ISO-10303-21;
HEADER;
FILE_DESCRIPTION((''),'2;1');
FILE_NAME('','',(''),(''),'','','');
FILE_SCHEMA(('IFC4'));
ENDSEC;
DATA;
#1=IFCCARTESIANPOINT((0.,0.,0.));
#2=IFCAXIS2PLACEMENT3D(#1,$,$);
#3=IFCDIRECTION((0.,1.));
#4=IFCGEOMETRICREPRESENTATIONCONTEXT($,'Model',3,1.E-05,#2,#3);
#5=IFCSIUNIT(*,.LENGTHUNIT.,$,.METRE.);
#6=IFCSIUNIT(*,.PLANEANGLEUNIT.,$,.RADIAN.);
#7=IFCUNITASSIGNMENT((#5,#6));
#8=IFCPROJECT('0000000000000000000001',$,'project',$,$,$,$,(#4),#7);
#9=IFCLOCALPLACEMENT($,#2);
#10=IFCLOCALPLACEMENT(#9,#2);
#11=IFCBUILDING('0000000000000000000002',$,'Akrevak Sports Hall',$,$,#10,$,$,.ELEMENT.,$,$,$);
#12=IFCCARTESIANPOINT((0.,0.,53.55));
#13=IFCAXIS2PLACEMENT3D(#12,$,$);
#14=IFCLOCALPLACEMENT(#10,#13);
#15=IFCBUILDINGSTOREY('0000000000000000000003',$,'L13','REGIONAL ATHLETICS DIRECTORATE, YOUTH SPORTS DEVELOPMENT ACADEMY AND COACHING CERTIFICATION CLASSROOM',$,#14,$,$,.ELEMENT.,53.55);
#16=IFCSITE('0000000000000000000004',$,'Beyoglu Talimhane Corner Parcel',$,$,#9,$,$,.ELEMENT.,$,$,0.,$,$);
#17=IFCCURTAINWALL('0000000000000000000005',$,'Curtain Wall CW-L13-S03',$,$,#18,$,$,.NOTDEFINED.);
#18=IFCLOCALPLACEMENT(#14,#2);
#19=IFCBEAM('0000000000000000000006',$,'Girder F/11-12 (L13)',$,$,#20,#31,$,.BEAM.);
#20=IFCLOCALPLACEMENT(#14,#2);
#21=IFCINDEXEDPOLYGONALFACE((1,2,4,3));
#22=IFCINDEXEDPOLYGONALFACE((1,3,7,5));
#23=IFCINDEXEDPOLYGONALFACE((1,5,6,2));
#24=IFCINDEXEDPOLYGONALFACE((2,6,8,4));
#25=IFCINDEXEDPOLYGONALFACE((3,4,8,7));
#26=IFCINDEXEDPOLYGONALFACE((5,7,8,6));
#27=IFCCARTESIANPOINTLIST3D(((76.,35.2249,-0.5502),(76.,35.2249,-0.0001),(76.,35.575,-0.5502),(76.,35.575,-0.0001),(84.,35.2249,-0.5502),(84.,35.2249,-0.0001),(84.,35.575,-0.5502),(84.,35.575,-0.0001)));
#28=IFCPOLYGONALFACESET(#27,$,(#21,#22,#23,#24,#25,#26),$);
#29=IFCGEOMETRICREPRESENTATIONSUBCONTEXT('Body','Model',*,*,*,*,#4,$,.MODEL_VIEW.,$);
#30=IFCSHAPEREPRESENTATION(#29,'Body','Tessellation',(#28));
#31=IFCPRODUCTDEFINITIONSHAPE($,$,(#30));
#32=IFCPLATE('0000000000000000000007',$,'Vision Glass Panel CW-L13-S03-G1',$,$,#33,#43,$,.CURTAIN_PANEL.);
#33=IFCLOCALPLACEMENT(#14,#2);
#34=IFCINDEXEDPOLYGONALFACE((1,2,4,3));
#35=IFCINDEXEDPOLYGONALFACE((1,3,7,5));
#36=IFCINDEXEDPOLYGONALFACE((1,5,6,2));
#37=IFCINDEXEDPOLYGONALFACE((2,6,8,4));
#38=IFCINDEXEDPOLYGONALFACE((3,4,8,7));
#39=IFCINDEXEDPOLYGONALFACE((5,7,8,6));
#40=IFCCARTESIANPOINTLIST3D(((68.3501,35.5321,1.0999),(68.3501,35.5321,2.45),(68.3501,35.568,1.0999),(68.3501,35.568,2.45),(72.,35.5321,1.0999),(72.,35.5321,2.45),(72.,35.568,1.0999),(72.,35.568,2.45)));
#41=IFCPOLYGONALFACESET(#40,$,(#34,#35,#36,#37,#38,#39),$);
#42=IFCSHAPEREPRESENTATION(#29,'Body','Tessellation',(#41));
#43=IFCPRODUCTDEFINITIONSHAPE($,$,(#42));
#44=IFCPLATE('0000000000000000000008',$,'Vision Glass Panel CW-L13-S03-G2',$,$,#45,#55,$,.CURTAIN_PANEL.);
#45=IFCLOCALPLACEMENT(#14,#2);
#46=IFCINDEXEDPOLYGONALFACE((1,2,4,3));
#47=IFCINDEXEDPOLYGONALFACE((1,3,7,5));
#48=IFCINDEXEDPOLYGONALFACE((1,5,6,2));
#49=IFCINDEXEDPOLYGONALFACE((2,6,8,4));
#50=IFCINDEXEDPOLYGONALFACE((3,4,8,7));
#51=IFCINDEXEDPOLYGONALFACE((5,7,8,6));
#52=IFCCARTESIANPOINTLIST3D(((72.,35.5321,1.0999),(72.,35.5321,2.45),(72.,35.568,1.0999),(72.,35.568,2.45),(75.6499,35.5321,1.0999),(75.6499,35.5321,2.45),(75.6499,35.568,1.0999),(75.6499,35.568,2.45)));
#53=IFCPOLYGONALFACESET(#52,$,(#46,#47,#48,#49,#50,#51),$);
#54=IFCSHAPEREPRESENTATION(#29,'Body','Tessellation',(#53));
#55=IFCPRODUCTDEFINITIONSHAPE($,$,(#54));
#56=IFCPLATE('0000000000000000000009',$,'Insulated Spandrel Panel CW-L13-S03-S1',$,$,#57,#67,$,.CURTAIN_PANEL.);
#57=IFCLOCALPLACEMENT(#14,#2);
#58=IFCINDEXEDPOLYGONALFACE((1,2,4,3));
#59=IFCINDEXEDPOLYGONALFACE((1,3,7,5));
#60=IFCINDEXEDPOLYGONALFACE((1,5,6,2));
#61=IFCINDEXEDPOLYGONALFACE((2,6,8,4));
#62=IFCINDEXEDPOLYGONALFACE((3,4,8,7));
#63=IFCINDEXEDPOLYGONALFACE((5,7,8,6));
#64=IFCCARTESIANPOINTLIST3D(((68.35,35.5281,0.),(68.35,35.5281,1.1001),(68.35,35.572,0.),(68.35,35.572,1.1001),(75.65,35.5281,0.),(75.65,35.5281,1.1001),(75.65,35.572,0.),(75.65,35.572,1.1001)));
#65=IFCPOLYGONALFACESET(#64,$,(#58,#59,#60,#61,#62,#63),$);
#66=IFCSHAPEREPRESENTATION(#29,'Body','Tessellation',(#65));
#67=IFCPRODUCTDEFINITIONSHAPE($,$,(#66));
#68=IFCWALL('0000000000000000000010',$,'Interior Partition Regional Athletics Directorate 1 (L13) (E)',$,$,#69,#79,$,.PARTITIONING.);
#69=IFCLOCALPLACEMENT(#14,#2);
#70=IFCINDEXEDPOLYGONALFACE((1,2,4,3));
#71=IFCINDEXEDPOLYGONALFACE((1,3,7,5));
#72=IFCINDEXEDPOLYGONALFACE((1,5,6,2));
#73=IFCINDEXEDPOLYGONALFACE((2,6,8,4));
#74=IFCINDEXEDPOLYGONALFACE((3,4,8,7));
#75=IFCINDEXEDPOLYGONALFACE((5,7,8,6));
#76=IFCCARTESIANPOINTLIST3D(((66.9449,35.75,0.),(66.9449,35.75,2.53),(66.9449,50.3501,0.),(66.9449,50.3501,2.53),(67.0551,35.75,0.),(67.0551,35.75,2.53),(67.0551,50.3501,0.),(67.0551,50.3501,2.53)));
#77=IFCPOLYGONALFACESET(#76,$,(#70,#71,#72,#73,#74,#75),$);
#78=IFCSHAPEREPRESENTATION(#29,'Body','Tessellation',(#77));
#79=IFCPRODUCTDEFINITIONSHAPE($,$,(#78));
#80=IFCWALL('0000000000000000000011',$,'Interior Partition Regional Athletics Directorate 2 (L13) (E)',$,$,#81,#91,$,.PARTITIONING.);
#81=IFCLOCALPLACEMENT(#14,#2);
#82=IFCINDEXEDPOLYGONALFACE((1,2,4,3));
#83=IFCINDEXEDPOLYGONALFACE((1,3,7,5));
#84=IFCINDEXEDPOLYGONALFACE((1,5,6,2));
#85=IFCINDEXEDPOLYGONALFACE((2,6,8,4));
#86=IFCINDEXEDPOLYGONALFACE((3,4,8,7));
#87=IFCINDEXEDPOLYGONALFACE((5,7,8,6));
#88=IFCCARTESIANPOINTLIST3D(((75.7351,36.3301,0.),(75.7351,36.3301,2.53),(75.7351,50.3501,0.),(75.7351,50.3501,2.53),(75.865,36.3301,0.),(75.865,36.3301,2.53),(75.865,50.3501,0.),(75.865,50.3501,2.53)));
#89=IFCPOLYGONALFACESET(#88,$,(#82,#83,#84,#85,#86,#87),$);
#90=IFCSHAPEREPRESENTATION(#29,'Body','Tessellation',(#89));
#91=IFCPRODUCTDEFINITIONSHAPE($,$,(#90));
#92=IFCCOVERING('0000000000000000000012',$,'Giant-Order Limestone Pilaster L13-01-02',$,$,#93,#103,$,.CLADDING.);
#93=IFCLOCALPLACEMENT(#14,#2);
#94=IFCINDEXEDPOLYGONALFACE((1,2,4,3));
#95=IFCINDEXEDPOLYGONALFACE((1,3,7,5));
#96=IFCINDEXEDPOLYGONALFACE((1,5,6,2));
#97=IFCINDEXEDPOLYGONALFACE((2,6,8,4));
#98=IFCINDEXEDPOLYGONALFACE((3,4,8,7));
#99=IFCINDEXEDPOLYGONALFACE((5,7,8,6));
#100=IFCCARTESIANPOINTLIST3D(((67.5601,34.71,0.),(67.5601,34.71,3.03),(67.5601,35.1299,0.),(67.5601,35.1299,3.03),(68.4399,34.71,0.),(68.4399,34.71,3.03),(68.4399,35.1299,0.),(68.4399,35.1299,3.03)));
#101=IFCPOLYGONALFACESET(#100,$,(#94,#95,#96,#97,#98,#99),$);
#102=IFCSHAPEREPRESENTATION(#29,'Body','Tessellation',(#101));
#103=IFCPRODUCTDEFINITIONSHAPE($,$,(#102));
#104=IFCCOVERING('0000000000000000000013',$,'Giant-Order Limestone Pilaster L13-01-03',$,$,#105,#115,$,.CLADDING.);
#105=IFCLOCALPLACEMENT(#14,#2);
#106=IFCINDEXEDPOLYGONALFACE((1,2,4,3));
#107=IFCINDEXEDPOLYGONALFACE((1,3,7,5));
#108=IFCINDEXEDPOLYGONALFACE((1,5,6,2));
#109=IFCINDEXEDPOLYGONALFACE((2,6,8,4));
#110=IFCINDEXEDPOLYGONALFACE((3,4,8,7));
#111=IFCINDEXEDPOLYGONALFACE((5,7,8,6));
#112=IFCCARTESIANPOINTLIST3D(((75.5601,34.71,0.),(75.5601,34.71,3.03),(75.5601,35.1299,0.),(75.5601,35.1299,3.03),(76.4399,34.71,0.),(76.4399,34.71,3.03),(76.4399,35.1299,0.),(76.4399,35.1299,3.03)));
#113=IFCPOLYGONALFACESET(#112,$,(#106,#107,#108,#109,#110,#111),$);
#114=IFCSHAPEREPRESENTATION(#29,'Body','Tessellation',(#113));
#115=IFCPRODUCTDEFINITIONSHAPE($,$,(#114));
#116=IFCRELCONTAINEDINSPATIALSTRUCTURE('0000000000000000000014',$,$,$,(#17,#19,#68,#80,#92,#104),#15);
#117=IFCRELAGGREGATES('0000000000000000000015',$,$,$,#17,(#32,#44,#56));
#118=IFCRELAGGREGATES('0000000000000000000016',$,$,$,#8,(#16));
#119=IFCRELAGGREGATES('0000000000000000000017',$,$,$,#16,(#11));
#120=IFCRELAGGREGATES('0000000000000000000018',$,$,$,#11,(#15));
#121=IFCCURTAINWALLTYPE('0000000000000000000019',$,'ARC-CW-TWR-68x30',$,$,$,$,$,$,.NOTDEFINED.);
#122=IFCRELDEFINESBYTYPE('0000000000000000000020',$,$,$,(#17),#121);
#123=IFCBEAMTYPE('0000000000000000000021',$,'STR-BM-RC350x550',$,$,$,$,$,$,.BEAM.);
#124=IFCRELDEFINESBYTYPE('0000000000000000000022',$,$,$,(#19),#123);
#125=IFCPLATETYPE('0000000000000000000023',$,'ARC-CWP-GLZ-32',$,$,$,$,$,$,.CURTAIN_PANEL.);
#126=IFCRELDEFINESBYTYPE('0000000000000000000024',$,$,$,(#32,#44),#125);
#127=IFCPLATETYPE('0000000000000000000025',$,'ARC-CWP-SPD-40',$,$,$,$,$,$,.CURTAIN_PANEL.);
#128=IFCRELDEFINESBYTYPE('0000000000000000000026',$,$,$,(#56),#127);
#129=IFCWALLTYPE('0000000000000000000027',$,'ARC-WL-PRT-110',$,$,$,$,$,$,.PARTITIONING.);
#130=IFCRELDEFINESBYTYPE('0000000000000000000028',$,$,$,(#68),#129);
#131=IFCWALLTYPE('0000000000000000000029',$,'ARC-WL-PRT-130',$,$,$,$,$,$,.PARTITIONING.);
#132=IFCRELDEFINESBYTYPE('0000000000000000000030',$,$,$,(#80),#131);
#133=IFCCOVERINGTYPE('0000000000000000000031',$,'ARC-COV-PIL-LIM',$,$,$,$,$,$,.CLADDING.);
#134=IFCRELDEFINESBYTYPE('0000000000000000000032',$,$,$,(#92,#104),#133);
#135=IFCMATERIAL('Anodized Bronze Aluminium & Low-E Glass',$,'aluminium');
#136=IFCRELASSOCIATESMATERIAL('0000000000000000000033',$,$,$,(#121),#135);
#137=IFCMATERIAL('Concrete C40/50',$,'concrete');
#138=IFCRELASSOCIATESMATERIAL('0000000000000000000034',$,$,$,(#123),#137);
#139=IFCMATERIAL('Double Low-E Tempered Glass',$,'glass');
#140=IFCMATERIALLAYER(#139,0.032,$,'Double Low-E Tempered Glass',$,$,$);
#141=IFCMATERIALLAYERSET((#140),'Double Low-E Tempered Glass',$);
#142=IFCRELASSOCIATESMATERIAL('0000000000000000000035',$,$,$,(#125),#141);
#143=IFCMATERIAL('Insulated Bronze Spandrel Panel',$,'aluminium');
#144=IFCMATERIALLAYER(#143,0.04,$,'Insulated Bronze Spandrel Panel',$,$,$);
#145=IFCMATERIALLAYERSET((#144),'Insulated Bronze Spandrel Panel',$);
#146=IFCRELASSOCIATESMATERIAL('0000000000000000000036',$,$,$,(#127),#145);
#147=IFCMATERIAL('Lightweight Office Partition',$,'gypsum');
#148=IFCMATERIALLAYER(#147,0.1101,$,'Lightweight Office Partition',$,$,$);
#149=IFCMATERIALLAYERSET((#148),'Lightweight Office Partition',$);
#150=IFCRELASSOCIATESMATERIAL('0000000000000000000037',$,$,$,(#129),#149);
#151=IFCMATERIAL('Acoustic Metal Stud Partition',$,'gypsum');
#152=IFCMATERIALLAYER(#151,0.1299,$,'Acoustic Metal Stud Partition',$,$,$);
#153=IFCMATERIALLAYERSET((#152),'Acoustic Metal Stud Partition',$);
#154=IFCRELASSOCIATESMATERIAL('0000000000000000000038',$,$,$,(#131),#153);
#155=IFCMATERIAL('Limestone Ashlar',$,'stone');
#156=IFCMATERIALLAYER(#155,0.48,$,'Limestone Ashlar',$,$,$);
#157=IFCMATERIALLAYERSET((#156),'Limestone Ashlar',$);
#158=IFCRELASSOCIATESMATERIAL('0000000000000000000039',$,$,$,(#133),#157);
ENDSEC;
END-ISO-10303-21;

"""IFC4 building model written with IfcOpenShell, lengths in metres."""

from ifc_helpers import new_model, si_unit, direction, frame, frame_2d, origin, origin_2d, place, context, subcontext, project, spatial, rectangle, extrude, material, layer, layer_set, material_profile, profile_set, type_object, element, aggregate, save


model = new_model("IFC4")

# Units and contexts
model_context = context("Model", 3, precision=1e-05, world=origin(), true_north=direction((0.0, 1.0)))
body_context = subcontext(model_context, "Body", "Model", "MODEL_VIEW")
ifc_project = project(units=[si_unit("LENGTHUNIT", "METRE"), si_unit("PLANEANGLEUNIT", "RADIAN")], contexts=[model_context])

# Site, building, storey
site_placement = place(None, origin())
site = spatial("IfcSite", under=ifc_project, at=site_placement, Name="Beyoglu Talimhane Corner Parcel", CompositionType="ELEMENT", RefElevation=0.0)
building_placement = place(site_placement, origin())
building = spatial("IfcBuilding", under=site, at=building_placement, Name="Akrevak Sports Hall", CompositionType="ELEMENT")
storey_placement = place(building_placement, frame((0.0, 0.0, 53.55)))
storey = spatial("IfcBuildingStorey", under=building, at=storey_placement, Name="L13", Description="REGIONAL ATHLETICS DIRECTORATE, YOUTH SPORTS DEVELOPMENT ACADEMY AND COACHING CERTIFICATION CLASSROOM", CompositionType="ELEMENT", Elevation=53.55)

# Shared definitions
ifc_material_1 = material(Name="Concrete C40/50", Category="concrete")

# Curtain wall
ifc_material_2 = material(Name="Anodized Bronze Aluminium & Low-E Glass", Category="aluminium")
curtain_wall_type = type_object("IfcCurtainWallType", Name="ARC-CW-TWR-68x30", PredefinedType="NOTDEFINED", material=ifc_material_2)
curtain_wall_placement = place(storey_placement, origin())
curtain_wall = element("IfcCurtainWall", 1, at=curtain_wall_placement, inside=storey, type_object=curtain_wall_type, Name="Curtain Wall CW-L13-S03", PredefinedType="NOTDEFINED")

# Beam
ifc_material_profile_1 = material_profile(ifc_material_1, rectangle(XDim=0.3501, YDim=0.55, at=origin_2d()), Name="BM 350x550", Category="concrete")
ifc_profile_set_1 = profile_set([ifc_material_profile_1], Name="Concrete C40/50")
beam_type = type_object("IfcBeamType", Name="STR-BM-RC350x550", PredefinedType="BEAM", material=ifc_profile_set_1)
for number, where, z_axis, x_axis, name in (
    (2, (76.0, 35.3999, -0.2751), (1.0, 0.0, 0.0), (0.0, 1.0, 0.0), "Girder F/11-12 (L13)"),
):
    element("IfcBeam", number, at=place(storey_placement, frame(where, z_axis=z_axis, x_axis=x_axis)), inside=storey, type_object=beam_type, Name=name, PredefinedType="BEAM", context=body_context, shape_type="SweptSolid", body=[
        extrude(rectangle(XDim=0.3501, YDim=0.55, at=origin_2d()), origin(), (0.0, 0.0, 1.0), 8.0),
    ])

# Plates
ifc_material_3 = material(Name="Double Low-E Tempered Glass", Category="glass")
ifc_layer_1 = layer(ifc_material_3, 0.032, Name="Double Low-E Tempered Glass")
ifc_layer_set_1 = layer_set([ifc_layer_1], Name="Double Low-E Tempered Glass")
plate_type_1 = type_object("IfcPlateType", Name="ARC-CWP-GLZ-32", PredefinedType="CURTAIN_PANEL", material=ifc_layer_set_1)
plate_1_placement = place(storey_placement, frame((70.175, 35.55, 1.0999), z_axis=(0.0, 0.0, 1.0), x_axis=(1.0, 0.0, 0.0)))
plate_1 = element("IfcPlate", 3, at=plate_1_placement, type_object=plate_type_1, Name="Vision Glass Panel CW-L13-S03-G1", PredefinedType="CURTAIN_PANEL", context=body_context, shape_type="SweptSolid", body=[
    extrude(rectangle(XDim=3.6499, YDim=0.0359, at=origin_2d()), origin(), (0.0, 0.0, 1.0), 1.3501),
])
plate_2_placement = place(storey_placement, frame((73.825, 35.55, 1.0999), z_axis=(0.0, 0.0, 1.0), x_axis=(1.0, 0.0, 0.0)))
plate_2 = element("IfcPlate", 4, at=plate_2_placement, type_object=plate_type_1, Name="Vision Glass Panel CW-L13-S03-G2", PredefinedType="CURTAIN_PANEL", context=body_context, shape_type="SweptSolid", body=[
    extrude(rectangle(XDim=3.6499, YDim=0.0359, at=origin_2d()), origin(), (0.0, 0.0, 1.0), 1.3501),
])
ifc_material_4 = material(Name="Insulated Bronze Spandrel Panel", Category="aluminium")
ifc_layer_2 = layer(ifc_material_4, 0.04, Name="Insulated Bronze Spandrel Panel")
ifc_layer_set_2 = layer_set([ifc_layer_2], Name="Insulated Bronze Spandrel Panel")
plate_type_2 = type_object("IfcPlateType", Name="ARC-CWP-SPD-40", PredefinedType="CURTAIN_PANEL", material=ifc_layer_set_2)
plate_3_placement = place(storey_placement, frame((72.0, 35.55, 0.0), z_axis=(0.0, 0.0, 1.0), x_axis=(1.0, 0.0, 0.0)))
plate_3 = element("IfcPlate", 5, at=plate_3_placement, type_object=plate_type_2, Name="Insulated Spandrel Panel CW-L13-S03-S1", PredefinedType="CURTAIN_PANEL", context=body_context, shape_type="SweptSolid", body=[
    extrude(rectangle(XDim=7.3, YDim=0.0439, at=origin_2d()), origin(), (0.0, 0.0, 1.0), 1.1001),
])
aggregate(curtain_wall, [plate_1, plate_2, plate_3])

# Walls
ifc_material_5 = material(Name="Lightweight Office Partition", Category="gypsum")
ifc_layer_3 = layer(ifc_material_5, 0.1101, Name="Lightweight Office Partition")
ifc_layer_set_3 = layer_set([ifc_layer_3], Name="Lightweight Office Partition")
wall_type_1 = type_object("IfcWallType", Name="ARC-WL-PRT-110", PredefinedType="PARTITIONING", material=ifc_layer_set_3)
wall_1_placement = place(storey_placement, frame((67.0, 35.75, 0.0), z_axis=(0.0, 0.0, 1.0), x_axis=(0.0, 1.0, 0.0)))
element("IfcWall", 6, at=wall_1_placement, inside=storey, type_object=wall_type_1, Name="Interior Partition Regional Athletics Directorate 1 (L13) (E)", PredefinedType="PARTITIONING", context=body_context, shape_type="SweptSolid", body=[
    extrude(rectangle(XDim=14.6001, YDim=0.1101, at=frame_2d((7.3, 0.0))), origin(), (0.0, 0.0, 1.0), 2.53),
])
ifc_material_6 = material(Name="Acoustic Metal Stud Partition", Category="gypsum")
ifc_layer_4 = layer(ifc_material_6, 0.1299, Name="Acoustic Metal Stud Partition")
ifc_layer_set_4 = layer_set([ifc_layer_4], Name="Acoustic Metal Stud Partition")
wall_type_2 = type_object("IfcWallType", Name="ARC-WL-PRT-130", PredefinedType="PARTITIONING", material=ifc_layer_set_4)
wall_2_placement = place(storey_placement, frame((75.8, 36.3301, 0.0), z_axis=(0.0, 0.0, 1.0), x_axis=(0.0, 1.0, 0.0)))
element("IfcWall", 7, at=wall_2_placement, inside=storey, type_object=wall_type_2, Name="Interior Partition Regional Athletics Directorate 2 (L13) (E)", PredefinedType="PARTITIONING", context=body_context, shape_type="SweptSolid", body=[
    extrude(rectangle(XDim=14.02, YDim=0.1299, at=frame_2d((7.01, 0.0))), origin(), (0.0, 0.0, 1.0), 2.53),
])

# Coverings
ifc_material_7 = material(Name="Limestone Ashlar", Category="stone")
ifc_layer_5 = layer(ifc_material_7, 0.48, Name="Limestone Ashlar")
ifc_layer_set_5 = layer_set([ifc_layer_5], Name="Limestone Ashlar")
covering_type = type_object("IfcCoveringType", Name="ARC-COV-PIL-LIM", PredefinedType="CLADDING", material=ifc_layer_set_5)
for number, where, z_axis, x_axis, name in (
    (8, (68.0, 34.9199, 0.0), (0.0, 0.0, 1.0), (1.0, 0.0, 0.0), "Giant-Order Limestone Pilaster L13-01-02"),
    (9, (76.0, 34.9199, 0.0), (0.0, 0.0, 1.0), (1.0, 0.0, 0.0), "Giant-Order Limestone Pilaster L13-01-03"),
):
    element("IfcCovering", number, at=place(storey_placement, frame(where, z_axis=z_axis, x_axis=x_axis)), inside=storey, type_object=covering_type, Name=name, PredefinedType="CLADDING", context=body_context, shape_type="SweptSolid", body=[
        extrude(rectangle(XDim=0.8799, YDim=0.4199, at=origin_2d()), origin(), (0.0, 0.0, 1.0), 3.03),
    ])

save(model, "model.ifc")
